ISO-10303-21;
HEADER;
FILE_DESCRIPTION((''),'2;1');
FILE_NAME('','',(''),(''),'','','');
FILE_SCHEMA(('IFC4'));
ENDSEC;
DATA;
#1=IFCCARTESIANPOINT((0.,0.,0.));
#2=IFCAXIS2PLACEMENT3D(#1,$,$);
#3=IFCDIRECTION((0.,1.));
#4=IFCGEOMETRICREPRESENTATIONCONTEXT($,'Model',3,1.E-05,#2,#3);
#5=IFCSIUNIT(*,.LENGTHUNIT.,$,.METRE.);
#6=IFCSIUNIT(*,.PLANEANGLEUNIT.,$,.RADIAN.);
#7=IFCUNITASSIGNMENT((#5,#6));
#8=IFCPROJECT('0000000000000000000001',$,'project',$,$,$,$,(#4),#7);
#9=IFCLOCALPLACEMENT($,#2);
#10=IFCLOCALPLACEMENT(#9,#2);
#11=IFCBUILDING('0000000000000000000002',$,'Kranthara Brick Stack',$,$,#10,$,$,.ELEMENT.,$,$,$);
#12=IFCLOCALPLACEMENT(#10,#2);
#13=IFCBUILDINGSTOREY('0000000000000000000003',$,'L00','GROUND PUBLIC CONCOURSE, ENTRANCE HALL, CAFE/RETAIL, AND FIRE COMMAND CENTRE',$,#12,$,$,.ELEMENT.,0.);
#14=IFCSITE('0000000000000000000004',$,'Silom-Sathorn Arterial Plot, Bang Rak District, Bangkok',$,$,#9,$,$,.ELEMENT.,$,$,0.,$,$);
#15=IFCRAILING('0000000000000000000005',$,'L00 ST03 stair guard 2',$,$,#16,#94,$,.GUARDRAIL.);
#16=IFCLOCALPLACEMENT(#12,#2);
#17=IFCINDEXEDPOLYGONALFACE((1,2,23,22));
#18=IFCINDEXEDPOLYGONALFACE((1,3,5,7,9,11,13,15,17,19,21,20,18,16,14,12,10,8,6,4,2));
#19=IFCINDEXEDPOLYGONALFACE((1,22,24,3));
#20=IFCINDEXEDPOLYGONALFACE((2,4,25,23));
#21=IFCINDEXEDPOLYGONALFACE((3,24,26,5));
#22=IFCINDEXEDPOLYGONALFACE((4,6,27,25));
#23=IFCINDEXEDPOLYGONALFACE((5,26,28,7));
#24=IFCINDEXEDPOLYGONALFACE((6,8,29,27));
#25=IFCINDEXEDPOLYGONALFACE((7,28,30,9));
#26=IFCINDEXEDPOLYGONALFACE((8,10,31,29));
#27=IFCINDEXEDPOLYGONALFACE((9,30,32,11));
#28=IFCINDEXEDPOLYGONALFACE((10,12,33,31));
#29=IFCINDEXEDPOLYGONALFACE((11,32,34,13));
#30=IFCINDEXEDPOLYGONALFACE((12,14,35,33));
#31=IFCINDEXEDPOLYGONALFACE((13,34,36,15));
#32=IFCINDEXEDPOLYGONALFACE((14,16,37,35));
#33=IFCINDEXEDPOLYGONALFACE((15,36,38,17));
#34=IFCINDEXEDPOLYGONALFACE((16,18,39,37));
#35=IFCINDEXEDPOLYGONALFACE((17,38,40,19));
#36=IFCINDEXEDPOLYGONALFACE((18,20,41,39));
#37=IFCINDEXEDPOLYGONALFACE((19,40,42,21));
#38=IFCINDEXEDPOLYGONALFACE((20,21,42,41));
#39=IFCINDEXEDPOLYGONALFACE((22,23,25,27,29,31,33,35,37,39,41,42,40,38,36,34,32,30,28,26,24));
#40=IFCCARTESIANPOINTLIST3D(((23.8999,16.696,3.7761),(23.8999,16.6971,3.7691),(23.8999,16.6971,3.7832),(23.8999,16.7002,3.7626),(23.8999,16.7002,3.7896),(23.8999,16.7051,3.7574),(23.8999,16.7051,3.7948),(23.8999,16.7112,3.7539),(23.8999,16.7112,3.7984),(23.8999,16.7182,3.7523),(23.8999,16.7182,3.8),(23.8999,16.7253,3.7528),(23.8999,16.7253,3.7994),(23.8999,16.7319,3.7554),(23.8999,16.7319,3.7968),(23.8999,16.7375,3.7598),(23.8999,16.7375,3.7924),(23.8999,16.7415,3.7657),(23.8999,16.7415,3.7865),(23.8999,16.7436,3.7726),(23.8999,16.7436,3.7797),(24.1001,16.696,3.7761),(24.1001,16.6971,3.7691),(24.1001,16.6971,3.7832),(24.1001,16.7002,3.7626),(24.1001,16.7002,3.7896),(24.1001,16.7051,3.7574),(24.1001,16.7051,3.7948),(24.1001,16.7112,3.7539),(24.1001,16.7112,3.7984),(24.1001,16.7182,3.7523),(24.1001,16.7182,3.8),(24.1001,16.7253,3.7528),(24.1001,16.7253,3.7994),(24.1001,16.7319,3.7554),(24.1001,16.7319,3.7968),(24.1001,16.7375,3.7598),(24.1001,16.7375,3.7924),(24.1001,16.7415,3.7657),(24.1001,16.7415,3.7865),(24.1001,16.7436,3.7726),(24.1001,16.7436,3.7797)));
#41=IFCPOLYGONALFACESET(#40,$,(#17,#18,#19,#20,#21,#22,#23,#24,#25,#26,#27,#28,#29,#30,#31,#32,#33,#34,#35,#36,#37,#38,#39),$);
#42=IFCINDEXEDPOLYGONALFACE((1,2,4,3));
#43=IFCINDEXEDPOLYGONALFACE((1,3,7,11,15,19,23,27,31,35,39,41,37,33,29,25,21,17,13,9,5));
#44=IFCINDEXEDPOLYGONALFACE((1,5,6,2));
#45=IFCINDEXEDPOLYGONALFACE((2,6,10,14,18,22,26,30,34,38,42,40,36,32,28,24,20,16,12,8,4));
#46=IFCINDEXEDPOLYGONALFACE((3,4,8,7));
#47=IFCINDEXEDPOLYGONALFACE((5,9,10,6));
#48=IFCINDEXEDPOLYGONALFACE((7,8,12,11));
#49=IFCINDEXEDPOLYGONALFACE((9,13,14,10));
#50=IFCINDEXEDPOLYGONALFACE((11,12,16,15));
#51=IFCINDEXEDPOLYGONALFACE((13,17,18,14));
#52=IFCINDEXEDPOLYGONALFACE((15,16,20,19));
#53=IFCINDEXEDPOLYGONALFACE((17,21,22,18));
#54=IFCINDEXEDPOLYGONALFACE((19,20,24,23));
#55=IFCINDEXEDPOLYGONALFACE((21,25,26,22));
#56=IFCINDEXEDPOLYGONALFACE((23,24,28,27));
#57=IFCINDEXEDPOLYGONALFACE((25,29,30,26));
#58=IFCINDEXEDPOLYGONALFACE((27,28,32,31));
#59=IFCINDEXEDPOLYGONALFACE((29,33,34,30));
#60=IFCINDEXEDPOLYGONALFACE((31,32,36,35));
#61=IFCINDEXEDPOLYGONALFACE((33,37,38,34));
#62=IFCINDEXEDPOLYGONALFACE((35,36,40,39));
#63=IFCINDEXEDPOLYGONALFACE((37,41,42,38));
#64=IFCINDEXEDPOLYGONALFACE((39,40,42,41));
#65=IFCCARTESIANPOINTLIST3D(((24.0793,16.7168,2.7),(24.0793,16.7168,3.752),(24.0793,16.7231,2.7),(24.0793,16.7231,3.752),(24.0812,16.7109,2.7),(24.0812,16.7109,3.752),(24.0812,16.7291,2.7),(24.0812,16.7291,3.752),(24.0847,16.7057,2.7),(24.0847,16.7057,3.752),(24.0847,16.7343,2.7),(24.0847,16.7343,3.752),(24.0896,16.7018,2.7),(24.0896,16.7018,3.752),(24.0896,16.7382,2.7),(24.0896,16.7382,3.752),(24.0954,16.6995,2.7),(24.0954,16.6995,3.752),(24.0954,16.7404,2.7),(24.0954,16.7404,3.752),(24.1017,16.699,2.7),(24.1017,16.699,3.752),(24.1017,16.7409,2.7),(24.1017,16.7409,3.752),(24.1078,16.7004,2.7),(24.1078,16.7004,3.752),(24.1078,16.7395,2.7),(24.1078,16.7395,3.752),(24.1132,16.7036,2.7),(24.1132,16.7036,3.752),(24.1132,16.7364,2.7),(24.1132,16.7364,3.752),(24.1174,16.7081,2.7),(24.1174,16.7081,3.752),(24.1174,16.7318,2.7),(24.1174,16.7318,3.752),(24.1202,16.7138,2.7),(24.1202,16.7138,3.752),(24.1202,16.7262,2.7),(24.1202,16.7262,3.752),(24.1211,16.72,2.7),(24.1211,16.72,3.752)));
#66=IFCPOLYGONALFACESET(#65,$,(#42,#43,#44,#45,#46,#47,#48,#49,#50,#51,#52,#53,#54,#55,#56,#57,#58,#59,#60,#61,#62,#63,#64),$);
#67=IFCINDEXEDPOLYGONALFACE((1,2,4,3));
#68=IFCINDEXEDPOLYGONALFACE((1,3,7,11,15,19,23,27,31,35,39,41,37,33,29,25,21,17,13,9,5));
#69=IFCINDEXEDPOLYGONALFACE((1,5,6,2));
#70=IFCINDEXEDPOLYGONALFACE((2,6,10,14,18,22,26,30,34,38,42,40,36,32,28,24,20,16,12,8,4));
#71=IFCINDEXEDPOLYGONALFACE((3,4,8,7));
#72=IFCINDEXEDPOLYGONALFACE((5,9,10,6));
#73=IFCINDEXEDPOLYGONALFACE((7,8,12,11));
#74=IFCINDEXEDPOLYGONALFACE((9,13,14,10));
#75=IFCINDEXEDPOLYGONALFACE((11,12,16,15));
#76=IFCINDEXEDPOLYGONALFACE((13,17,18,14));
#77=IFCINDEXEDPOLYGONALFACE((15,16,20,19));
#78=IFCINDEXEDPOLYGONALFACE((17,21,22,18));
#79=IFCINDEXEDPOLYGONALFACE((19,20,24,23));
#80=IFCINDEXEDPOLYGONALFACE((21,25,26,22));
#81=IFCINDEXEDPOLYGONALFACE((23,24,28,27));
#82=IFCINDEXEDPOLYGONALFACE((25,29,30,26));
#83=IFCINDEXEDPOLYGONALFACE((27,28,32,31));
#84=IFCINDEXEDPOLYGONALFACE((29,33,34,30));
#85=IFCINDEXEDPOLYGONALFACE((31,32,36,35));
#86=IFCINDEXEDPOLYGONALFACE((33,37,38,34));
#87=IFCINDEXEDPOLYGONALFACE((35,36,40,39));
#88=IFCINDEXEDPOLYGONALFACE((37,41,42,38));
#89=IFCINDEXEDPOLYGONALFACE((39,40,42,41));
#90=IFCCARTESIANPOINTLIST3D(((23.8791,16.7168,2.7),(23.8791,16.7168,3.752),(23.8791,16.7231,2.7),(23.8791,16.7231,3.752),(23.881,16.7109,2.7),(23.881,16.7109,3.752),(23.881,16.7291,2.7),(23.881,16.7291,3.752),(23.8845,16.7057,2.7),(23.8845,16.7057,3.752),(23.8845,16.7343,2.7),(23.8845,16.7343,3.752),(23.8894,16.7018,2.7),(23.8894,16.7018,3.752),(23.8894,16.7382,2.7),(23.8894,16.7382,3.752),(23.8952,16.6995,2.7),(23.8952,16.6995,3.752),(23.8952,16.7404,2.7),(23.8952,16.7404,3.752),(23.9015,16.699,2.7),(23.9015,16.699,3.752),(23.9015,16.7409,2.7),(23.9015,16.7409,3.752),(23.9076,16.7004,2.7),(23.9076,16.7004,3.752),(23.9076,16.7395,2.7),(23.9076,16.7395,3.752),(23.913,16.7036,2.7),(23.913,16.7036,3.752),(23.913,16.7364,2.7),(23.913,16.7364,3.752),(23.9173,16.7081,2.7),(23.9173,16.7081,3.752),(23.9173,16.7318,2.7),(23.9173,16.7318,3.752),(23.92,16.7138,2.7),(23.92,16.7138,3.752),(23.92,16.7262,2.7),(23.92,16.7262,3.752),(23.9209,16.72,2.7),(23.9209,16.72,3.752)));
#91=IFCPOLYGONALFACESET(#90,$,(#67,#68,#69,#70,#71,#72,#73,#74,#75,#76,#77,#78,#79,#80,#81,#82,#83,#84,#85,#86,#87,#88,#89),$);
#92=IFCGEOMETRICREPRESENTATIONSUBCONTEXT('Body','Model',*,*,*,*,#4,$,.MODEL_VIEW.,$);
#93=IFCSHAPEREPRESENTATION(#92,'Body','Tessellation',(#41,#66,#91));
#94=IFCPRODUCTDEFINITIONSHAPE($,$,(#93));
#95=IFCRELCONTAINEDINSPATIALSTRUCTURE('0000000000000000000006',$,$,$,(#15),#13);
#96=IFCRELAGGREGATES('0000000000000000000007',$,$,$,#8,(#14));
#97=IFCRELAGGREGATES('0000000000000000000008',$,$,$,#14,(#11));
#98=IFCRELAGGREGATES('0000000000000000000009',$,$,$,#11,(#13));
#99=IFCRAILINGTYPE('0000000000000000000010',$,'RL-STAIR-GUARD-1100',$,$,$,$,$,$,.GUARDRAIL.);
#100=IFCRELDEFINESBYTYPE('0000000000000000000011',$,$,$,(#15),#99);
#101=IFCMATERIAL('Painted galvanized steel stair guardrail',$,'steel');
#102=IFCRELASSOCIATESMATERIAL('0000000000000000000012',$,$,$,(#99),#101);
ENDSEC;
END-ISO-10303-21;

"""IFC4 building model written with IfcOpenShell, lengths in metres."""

from ifc_helpers import new_model, si_unit, direction, frame, origin, origin_2d, place, context, subcontext, project, spatial, circle, extrude, material, type_object, element, save


model = new_model("IFC4")

# Units and contexts
model_context = context("Model", 3, precision=1e-05, world=origin(), true_north=direction((0.0, 1.0)))
body_context = subcontext(model_context, "Body", "Model", "MODEL_VIEW")
ifc_project = project(units=[si_unit("LENGTHUNIT", "METRE"), si_unit("PLANEANGLEUNIT", "RADIAN")], contexts=[model_context])

# Site, building, storey
site_placement = place(None, origin())
site = spatial("IfcSite", under=ifc_project, at=site_placement, Name="Silom-Sathorn Arterial Plot, Bang Rak District, Bangkok", CompositionType="ELEMENT", RefElevation=0.0)
building_placement = place(site_placement, origin())
building = spatial("IfcBuilding", under=site, at=building_placement, Name="Kranthara Brick Stack", CompositionType="ELEMENT")
storey_placement = place(building_placement, origin())
storey = spatial("IfcBuildingStorey", under=building, at=storey_placement, Name="L00", Description="GROUND PUBLIC CONCOURSE, ENTRANCE HALL, CAFE/RETAIL, AND FIRE COMMAND CENTRE", CompositionType="ELEMENT", Elevation=0.0)

# Railing
ifc_material_1 = material(Name="Painted galvanized steel stair guardrail", Category="steel")
railing_type_1 = type_object("IfcRailingType", Name="RL-STAIR-GUARD-1100", PredefinedType="GUARDRAIL", material=ifc_material_1)
railing_1_placement = place(storey_placement, frame((24.1001, 16.72, 2.7)))
element("IfcRailing", 1, at=railing_1_placement, inside=storey, type_object=railing_type_1, Name="L00 ST03 stair guard 2", PredefinedType="GUARDRAIL", context=body_context, shape_type="SweptSolid", body=[
    extrude(circle(Radius=0.0239, at=origin_2d()), frame((0.0, 0.0, 1.0762), z_axis=(-1.0, 0.0, 0.0), x_axis=(0.0, -1.0, 0.0)), (0.0, 0.0, 1.0), 0.2002),
    extrude(circle(Radius=0.021, at=origin_2d()), origin(), (0.0, 0.0, 1.0), 1.052),
    extrude(circle(Radius=0.021, at=origin_2d()), frame((-0.2002, 0.0, 0.0)), (0.0, 0.0, 1.0), 1.052),
])

save(model, "model.ifc")
